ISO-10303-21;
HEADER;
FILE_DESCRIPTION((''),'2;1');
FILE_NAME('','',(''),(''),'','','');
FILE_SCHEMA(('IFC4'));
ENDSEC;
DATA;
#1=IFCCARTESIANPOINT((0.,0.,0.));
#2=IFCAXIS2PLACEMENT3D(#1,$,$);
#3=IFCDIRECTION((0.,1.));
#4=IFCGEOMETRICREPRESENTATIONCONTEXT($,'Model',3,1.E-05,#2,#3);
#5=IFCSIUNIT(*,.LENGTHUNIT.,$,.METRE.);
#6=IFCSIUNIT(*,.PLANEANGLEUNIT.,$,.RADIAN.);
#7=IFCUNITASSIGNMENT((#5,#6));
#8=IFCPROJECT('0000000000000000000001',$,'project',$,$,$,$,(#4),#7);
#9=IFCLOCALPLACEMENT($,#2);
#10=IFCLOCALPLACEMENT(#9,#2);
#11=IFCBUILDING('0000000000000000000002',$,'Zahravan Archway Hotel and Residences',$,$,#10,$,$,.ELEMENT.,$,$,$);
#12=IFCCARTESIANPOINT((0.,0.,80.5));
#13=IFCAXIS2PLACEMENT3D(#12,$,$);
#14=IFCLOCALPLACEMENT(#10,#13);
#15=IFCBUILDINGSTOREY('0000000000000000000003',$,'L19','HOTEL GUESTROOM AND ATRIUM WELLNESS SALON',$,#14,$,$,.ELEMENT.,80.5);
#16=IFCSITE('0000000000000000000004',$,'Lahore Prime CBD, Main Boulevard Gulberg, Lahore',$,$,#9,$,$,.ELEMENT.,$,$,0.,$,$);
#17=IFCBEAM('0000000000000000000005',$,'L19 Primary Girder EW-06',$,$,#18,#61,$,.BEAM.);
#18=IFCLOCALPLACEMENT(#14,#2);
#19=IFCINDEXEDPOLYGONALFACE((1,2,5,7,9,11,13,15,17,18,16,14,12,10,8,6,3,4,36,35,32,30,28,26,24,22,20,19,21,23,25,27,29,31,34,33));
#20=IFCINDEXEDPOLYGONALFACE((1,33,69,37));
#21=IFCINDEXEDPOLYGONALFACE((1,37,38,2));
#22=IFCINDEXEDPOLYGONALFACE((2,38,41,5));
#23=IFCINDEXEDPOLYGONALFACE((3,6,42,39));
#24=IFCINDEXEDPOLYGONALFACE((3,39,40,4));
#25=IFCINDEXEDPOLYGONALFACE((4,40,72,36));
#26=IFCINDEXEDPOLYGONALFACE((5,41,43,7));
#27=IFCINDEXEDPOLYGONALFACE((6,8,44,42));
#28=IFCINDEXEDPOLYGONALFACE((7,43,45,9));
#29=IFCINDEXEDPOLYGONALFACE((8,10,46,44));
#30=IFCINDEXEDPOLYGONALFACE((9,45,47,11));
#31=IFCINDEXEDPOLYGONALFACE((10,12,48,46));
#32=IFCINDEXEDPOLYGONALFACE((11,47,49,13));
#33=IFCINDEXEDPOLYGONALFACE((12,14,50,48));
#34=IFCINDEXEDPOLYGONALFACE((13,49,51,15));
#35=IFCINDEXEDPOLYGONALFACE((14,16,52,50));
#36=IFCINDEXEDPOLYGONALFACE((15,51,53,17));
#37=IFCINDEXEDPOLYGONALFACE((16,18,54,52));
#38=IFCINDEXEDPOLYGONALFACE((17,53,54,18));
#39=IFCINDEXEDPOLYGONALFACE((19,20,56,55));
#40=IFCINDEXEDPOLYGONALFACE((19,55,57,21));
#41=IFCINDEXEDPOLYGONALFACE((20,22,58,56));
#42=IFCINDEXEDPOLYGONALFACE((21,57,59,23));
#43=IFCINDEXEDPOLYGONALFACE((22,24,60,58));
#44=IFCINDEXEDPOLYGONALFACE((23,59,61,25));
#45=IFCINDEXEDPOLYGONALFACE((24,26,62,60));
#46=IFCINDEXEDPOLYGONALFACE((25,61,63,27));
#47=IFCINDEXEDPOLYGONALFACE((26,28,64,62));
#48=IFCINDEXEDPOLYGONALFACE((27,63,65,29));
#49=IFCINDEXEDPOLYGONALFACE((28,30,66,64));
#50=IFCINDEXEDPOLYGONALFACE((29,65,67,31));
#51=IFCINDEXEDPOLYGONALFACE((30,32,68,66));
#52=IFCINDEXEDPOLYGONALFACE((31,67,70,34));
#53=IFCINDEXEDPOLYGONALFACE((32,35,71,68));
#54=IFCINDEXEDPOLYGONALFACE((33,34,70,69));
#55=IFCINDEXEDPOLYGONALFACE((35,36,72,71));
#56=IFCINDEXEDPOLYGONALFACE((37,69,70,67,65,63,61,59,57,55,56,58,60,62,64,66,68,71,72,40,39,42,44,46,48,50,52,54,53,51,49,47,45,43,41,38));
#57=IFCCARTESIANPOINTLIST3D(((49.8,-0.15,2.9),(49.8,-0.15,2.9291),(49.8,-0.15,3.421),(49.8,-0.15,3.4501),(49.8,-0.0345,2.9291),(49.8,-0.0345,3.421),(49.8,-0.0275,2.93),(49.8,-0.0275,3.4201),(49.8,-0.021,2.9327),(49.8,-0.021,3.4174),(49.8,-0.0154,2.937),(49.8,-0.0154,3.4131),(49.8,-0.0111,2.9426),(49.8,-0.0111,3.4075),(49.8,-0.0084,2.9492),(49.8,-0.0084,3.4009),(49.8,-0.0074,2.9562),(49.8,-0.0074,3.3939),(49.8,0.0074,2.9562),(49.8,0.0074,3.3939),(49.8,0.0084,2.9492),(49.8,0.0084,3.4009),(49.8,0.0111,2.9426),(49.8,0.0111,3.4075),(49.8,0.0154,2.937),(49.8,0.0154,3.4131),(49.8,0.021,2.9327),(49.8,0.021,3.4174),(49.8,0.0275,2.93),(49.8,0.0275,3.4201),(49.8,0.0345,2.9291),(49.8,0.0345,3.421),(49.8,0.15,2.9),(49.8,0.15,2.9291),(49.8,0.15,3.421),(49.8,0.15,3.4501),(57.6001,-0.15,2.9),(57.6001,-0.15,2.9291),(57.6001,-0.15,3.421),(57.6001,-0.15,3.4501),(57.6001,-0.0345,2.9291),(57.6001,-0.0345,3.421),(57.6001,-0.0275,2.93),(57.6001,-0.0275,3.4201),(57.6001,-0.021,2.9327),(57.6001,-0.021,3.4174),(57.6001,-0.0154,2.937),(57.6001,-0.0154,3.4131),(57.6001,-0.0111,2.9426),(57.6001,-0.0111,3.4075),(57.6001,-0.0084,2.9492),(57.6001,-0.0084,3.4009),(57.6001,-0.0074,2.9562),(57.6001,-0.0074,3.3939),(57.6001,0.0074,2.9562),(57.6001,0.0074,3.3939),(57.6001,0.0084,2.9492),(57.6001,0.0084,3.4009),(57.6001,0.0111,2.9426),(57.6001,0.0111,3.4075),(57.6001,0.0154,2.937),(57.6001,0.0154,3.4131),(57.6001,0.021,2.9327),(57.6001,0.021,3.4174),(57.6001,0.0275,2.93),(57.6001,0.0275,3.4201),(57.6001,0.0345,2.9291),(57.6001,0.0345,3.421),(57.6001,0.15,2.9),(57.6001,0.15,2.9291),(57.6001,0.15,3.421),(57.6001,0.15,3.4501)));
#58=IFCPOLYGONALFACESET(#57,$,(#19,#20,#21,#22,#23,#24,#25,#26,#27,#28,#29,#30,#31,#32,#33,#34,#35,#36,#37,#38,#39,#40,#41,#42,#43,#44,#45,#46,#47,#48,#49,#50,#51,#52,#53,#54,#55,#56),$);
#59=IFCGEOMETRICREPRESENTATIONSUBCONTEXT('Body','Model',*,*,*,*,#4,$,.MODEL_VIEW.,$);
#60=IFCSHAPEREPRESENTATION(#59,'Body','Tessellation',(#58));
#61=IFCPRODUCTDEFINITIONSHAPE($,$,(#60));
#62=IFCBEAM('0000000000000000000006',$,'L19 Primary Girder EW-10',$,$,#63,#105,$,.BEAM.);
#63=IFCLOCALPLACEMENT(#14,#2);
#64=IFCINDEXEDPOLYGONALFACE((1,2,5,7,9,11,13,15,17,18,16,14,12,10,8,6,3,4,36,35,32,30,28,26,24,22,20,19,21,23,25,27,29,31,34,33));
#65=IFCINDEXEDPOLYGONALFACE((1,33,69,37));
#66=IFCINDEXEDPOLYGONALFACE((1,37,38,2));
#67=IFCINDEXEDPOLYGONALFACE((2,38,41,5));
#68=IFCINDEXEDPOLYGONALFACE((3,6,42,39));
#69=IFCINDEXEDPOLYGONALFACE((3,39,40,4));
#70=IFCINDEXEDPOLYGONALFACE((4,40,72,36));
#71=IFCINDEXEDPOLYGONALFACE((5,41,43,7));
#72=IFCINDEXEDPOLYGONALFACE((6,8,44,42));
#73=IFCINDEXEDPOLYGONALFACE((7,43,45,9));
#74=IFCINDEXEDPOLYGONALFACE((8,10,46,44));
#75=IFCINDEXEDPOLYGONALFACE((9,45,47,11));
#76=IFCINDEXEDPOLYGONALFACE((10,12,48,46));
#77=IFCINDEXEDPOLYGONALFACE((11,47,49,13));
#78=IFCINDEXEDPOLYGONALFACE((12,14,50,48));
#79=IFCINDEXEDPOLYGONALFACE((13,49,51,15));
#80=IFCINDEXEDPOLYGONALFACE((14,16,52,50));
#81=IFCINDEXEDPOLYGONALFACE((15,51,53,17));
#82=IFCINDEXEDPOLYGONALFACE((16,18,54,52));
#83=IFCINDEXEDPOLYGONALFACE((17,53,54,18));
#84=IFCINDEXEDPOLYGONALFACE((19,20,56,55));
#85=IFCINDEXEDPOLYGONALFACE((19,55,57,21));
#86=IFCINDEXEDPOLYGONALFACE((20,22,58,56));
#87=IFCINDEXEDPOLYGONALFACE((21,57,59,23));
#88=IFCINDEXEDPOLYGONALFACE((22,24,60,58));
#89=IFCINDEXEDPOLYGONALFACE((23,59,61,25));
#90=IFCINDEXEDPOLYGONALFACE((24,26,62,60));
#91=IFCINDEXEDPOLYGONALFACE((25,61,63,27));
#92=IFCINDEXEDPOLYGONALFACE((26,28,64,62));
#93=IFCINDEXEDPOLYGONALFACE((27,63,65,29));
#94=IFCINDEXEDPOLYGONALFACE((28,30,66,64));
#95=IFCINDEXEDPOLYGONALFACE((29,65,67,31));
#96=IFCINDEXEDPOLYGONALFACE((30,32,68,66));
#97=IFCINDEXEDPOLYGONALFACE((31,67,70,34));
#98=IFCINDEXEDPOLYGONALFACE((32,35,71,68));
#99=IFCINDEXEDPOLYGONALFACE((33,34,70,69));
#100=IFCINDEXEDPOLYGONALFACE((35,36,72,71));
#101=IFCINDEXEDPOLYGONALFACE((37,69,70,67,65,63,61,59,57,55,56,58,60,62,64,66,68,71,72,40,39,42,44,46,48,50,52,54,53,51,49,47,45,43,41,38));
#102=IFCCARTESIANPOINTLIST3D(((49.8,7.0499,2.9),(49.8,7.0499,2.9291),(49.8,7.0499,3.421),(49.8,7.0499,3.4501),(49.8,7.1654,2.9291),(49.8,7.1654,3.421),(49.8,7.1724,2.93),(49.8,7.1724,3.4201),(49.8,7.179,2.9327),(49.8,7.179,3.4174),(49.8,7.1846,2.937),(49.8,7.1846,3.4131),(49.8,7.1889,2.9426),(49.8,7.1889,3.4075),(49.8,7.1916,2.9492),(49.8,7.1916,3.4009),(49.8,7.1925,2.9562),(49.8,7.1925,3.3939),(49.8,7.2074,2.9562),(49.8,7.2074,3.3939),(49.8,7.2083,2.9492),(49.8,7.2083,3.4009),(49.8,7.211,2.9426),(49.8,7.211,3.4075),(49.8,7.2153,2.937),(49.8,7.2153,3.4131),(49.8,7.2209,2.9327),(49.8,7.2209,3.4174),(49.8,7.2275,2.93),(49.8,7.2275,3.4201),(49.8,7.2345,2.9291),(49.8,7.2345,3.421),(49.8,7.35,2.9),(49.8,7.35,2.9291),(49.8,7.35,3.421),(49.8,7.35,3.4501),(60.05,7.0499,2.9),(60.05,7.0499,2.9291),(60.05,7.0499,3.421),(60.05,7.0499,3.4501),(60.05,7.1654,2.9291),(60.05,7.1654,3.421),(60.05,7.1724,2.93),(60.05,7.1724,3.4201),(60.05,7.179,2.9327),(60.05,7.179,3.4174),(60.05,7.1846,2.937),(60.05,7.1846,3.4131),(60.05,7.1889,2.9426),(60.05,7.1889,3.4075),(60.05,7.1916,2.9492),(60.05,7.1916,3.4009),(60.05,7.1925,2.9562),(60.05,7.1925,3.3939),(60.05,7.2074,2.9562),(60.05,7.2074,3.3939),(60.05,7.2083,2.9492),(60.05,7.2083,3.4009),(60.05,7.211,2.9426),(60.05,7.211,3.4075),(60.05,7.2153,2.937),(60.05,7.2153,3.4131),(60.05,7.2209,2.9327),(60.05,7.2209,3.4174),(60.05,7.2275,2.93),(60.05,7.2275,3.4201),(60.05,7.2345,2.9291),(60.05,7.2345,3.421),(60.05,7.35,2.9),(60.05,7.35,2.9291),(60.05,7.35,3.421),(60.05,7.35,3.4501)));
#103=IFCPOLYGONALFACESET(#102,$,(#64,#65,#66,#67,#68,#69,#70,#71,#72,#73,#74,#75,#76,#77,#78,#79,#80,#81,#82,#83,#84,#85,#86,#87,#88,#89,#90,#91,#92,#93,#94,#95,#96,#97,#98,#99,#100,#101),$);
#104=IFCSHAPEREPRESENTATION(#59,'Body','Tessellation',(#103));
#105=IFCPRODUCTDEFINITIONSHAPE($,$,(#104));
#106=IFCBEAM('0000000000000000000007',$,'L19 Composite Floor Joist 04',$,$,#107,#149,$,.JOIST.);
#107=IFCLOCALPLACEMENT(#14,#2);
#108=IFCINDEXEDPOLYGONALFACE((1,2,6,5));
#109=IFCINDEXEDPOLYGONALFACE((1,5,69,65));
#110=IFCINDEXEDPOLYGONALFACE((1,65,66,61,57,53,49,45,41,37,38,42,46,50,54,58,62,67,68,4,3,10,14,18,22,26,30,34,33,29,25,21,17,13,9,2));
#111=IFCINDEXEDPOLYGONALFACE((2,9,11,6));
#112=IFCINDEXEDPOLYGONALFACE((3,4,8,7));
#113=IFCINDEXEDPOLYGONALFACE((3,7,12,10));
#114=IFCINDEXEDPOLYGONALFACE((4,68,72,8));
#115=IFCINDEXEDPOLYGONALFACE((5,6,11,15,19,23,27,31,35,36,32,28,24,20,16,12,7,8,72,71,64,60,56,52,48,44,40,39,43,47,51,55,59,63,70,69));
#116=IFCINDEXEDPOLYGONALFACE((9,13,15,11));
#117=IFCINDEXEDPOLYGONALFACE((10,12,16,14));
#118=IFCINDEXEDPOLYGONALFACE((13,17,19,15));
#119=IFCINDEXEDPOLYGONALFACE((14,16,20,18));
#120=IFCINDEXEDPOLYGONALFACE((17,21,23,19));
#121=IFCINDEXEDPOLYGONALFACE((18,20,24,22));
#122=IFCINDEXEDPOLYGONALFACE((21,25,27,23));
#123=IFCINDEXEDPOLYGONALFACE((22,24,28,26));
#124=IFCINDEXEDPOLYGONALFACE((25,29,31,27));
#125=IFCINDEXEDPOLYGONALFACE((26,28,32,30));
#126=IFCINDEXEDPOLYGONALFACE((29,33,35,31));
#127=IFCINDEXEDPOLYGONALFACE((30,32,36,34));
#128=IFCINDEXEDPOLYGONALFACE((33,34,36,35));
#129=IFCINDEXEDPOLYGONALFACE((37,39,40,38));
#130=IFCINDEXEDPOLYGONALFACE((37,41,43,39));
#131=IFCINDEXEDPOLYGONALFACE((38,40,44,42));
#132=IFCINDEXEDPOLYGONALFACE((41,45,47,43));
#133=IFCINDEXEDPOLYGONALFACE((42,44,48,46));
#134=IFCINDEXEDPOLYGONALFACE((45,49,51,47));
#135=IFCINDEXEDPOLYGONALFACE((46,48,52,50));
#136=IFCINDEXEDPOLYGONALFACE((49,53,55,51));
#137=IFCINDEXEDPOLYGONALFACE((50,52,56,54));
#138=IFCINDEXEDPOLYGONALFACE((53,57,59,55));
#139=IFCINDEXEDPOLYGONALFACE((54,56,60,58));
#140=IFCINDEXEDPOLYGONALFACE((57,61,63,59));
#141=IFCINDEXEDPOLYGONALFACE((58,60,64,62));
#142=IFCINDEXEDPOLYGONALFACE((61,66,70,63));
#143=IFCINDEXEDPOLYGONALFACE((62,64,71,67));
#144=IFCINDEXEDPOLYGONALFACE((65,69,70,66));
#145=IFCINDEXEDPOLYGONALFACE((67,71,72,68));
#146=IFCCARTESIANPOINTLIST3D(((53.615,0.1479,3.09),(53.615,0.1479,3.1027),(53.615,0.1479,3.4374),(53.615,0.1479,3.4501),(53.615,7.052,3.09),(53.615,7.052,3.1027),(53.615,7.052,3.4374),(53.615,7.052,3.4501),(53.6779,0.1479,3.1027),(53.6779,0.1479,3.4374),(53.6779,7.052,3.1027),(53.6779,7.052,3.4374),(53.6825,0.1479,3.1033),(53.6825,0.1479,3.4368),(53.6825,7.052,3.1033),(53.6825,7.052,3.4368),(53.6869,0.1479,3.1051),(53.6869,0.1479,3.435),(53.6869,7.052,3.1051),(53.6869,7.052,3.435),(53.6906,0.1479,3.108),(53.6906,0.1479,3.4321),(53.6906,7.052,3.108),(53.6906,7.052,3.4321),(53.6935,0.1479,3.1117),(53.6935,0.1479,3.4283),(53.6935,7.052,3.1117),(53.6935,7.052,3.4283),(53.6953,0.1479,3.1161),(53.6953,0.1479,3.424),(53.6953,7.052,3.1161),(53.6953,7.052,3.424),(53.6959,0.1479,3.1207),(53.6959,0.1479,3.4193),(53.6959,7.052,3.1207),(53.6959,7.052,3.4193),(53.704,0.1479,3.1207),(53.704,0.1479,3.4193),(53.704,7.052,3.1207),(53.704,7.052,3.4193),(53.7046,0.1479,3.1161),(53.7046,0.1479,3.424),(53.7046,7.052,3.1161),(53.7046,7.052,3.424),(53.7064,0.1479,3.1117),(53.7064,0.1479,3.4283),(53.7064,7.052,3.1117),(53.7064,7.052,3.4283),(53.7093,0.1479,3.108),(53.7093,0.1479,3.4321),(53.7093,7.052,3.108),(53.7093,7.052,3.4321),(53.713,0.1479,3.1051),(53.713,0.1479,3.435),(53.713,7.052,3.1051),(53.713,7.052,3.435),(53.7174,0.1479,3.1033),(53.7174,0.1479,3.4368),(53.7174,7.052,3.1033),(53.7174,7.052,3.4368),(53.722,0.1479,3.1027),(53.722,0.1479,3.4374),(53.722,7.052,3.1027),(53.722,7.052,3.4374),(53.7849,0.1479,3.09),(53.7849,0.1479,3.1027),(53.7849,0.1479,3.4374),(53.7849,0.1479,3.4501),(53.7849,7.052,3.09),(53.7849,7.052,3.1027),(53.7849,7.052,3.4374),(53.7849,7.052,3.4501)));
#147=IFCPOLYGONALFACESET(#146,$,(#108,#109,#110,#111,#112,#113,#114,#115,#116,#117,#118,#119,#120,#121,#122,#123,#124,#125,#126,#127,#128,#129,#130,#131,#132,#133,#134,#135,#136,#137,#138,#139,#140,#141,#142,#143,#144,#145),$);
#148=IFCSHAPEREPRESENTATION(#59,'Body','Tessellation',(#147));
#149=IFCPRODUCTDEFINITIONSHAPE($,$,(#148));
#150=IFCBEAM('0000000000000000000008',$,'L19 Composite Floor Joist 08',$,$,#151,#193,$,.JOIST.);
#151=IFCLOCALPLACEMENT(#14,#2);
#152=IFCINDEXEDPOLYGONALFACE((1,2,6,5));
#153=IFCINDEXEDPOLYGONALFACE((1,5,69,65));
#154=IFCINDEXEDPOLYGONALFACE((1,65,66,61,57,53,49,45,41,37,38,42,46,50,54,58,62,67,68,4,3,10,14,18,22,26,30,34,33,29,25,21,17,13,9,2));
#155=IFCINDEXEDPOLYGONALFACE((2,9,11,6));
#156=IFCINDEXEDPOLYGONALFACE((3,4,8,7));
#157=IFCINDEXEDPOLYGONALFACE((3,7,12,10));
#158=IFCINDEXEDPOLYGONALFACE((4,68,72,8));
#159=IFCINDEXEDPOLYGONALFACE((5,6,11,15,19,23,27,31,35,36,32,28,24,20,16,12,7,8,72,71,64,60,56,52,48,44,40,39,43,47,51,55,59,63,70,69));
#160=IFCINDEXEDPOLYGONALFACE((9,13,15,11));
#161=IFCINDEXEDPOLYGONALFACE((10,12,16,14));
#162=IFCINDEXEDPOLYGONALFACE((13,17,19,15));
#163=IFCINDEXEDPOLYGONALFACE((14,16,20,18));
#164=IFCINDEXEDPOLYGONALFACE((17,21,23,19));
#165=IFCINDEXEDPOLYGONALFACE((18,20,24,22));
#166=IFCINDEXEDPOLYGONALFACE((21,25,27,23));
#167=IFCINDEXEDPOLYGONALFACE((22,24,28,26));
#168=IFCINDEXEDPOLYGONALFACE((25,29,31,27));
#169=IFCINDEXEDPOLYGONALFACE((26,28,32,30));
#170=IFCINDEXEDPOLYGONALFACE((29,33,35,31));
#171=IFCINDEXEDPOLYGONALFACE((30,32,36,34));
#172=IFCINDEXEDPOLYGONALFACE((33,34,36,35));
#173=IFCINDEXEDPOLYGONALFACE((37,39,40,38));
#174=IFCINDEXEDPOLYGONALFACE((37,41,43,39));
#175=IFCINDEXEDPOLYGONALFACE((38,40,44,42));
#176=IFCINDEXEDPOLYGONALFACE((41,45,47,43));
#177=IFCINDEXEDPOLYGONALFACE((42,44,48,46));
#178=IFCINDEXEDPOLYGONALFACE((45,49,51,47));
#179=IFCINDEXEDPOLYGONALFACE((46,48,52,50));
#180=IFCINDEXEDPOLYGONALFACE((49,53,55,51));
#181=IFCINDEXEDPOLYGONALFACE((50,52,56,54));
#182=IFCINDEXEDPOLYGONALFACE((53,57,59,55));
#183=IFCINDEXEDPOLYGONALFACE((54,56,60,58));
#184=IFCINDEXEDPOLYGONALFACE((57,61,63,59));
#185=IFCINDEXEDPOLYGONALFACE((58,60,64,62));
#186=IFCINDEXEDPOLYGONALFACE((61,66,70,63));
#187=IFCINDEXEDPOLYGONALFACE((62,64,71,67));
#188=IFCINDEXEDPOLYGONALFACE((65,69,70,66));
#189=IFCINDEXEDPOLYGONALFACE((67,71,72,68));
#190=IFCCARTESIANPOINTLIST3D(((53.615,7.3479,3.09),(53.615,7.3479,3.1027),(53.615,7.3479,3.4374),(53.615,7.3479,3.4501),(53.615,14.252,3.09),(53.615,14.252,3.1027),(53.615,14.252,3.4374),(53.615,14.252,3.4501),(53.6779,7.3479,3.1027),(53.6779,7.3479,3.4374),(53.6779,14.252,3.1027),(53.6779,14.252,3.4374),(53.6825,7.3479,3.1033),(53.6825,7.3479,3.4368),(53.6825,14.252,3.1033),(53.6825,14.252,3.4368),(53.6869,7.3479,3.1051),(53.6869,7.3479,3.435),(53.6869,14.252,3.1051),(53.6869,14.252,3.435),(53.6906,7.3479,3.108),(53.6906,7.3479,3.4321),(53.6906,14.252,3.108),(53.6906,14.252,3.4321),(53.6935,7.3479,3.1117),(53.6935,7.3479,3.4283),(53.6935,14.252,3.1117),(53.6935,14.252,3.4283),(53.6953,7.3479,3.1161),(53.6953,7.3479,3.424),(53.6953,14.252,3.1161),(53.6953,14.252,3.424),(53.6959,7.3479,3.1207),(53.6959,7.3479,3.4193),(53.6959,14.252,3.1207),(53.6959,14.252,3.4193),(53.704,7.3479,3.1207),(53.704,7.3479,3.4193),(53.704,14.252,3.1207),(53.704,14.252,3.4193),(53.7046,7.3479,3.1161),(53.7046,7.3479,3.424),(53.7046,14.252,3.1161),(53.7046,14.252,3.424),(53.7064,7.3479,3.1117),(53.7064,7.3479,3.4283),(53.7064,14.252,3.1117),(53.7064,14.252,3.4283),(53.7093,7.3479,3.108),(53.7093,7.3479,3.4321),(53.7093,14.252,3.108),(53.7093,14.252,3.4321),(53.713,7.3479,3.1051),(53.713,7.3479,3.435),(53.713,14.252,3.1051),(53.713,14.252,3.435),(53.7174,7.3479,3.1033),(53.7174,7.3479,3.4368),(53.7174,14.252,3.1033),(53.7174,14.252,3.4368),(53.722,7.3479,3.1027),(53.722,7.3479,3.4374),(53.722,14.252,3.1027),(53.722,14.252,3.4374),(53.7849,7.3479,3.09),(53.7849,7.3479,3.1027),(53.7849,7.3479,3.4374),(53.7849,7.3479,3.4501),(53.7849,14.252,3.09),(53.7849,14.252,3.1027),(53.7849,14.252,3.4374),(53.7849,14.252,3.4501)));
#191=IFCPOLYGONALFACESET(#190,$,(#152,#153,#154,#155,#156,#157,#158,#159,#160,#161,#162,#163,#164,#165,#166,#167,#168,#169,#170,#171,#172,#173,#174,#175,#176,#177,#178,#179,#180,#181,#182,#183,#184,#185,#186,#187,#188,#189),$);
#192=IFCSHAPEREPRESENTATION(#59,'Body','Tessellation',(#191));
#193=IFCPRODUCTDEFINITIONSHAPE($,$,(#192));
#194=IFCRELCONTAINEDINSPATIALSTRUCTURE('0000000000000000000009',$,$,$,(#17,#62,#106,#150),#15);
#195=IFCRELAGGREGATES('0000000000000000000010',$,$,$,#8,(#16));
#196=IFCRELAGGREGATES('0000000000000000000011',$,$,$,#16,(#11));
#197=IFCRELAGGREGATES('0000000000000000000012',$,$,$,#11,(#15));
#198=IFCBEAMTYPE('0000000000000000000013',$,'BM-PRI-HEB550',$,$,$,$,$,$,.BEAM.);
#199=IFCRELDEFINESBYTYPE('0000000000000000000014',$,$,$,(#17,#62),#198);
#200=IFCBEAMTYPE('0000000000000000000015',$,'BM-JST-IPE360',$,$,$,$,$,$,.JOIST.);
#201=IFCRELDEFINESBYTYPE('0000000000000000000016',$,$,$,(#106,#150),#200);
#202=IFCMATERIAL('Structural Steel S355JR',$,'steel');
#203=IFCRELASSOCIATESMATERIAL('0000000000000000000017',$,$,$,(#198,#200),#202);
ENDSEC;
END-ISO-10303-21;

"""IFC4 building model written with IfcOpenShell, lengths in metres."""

from ifc_helpers import new_model, si_unit, direction, frame, origin, origin_2d, place, context, subcontext, project, spatial, i_section, extrude, source, transform, mapped, material, material_profile, profile_set, type_object, type_shapes, element, save


model = new_model("IFC4")

# Units and contexts
model_context = context("Model", 3, precision=1e-05, world=origin(), true_north=direction((0.0, 1.0)))
body_context = subcontext(model_context, "Body", "Model", "MODEL_VIEW")
ifc_project = project(units=[si_unit("LENGTHUNIT", "METRE"), si_unit("PLANEANGLEUNIT", "RADIAN")], contexts=[model_context])

# Site, building, storey
site_placement = place(None, origin())
site = spatial("IfcSite", under=ifc_project, at=site_placement, Name="Lahore Prime CBD, Main Boulevard Gulberg, Lahore", CompositionType="ELEMENT", RefElevation=0.0)
building_placement = place(site_placement, origin())
building = spatial("IfcBuilding", under=site, at=building_placement, Name="Zahravan Archway Hotel and Residences", CompositionType="ELEMENT")
storey_placement = place(building_placement, frame((0.0, 0.0, 80.5)))
storey = spatial("IfcBuildingStorey", under=building, at=storey_placement, Name="L19", Description="HOTEL GUESTROOM AND ATRIUM WELLNESS SALON", CompositionType="ELEMENT", Elevation=80.5)

# Beams
ifc_material_1 = material(Name="Structural Steel S355JR", Category="steel")
ifc_material_profile_1 = material_profile(ifc_material_1, i_section(OverallWidth=0.3, OverallDepth=0.55, WebThickness=0.0149, FlangeThickness=0.0291, FilletRadius=0.0271, at=origin_2d()), Name="HEB 550", Category="steel")
ifc_profile_set_1 = profile_set([ifc_material_profile_1], Name="Structural Steel S355JR")
beam_type_1 = type_object("IfcBeamType", Name="BM-PRI-HEB550", PredefinedType="BEAM", material=ifc_profile_set_1)
shared_shape_1 = source(origin(), body_context, "Body", "SweptSolid", [
    extrude(i_section(OverallWidth=0.3, OverallDepth=0.55, WebThickness=0.0149, FlangeThickness=0.0291, FilletRadius=0.0271, at=origin_2d()), origin(), (0.0, 0.0, 1.0), 7.8),
])
beam_1_placement = place(storey_placement, frame((49.8, 0.0, 3.175), z_axis=(1.0, 0.0, 0.0), x_axis=(0.0, 1.0, 0.0)))
element("IfcBeam", 1, at=beam_1_placement, inside=storey, type_object=beam_type_1, Name="L19 Primary Girder EW-06", PredefinedType="BEAM", context=body_context, shape_type="MappedRepresentation", body=[
    mapped(shared_shape_1, transform((0.0, 0.0, 0.0), scale=1.0)),
])
shared_shape_2 = source(origin(), body_context, "Body", "SweptSolid", [
    extrude(i_section(OverallWidth=0.3, OverallDepth=0.55, WebThickness=0.0149, FlangeThickness=0.0291, FilletRadius=0.0271, at=origin_2d()), origin(), (0.0, 0.0, 1.0), 10.25),
])
beam_2_placement = place(storey_placement, frame((49.8, 7.2, 3.175), z_axis=(1.0, 0.0, 0.0), x_axis=(0.0, 1.0, 0.0)))
element("IfcBeam", 2, at=beam_2_placement, inside=storey, type_object=beam_type_1, Name="L19 Primary Girder EW-10", PredefinedType="BEAM", context=body_context, shape_type="MappedRepresentation", body=[
    mapped(shared_shape_2, transform((0.0, 0.0, 0.0), scale=1.0)),
])
ifc_material_profile_2 = material_profile(ifc_material_1, i_section(OverallWidth=0.1699, OverallDepth=0.3601, WebThickness=0.0081, FlangeThickness=0.0127, FilletRadius=0.0181, at=origin_2d()), Name="IPE 360", Category="steel")
ifc_profile_set_2 = profile_set([ifc_material_profile_2], Name="Structural Steel S355JR")
beam_type_2 = type_object("IfcBeamType", Name="BM-JST-IPE360", PredefinedType="JOIST", material=ifc_profile_set_2)
shared_shape_3 = source(origin(), body_context, "Body", "SweptSolid", [
    extrude(i_section(OverallWidth=0.1699, OverallDepth=0.3601, WebThickness=0.0081, FlangeThickness=0.0127, FilletRadius=0.0181, at=origin_2d()), origin(), (0.0, 0.0, 1.0), 6.9041),
])
type_shapes(beam_type_2, [shared_shape_3])
for number, where, z_axis, x_axis, name in (
    (3, (53.7, 0.1479, 3.27), (0.0, 1.0, 0.0), (-1.0, 0.0, 0.0), "L19 Composite Floor Joist 04"),
    (4, (53.7, 7.3479, 3.27), (0.0, 1.0, 0.0), (-1.0, 0.0, 0.0), "L19 Composite Floor Joist 08"),
):
    element("IfcBeam", number, at=place(storey_placement, frame(where, z_axis=z_axis, x_axis=x_axis)), inside=storey, type_object=beam_type_2, Name=name, PredefinedType="JOIST", context=body_context, shape_type="MappedRepresentation", body=[
        mapped(shared_shape_3, transform((0.0, 0.0, 0.0), scale=1.0)),
    ])

save(model, "model.ifc")
